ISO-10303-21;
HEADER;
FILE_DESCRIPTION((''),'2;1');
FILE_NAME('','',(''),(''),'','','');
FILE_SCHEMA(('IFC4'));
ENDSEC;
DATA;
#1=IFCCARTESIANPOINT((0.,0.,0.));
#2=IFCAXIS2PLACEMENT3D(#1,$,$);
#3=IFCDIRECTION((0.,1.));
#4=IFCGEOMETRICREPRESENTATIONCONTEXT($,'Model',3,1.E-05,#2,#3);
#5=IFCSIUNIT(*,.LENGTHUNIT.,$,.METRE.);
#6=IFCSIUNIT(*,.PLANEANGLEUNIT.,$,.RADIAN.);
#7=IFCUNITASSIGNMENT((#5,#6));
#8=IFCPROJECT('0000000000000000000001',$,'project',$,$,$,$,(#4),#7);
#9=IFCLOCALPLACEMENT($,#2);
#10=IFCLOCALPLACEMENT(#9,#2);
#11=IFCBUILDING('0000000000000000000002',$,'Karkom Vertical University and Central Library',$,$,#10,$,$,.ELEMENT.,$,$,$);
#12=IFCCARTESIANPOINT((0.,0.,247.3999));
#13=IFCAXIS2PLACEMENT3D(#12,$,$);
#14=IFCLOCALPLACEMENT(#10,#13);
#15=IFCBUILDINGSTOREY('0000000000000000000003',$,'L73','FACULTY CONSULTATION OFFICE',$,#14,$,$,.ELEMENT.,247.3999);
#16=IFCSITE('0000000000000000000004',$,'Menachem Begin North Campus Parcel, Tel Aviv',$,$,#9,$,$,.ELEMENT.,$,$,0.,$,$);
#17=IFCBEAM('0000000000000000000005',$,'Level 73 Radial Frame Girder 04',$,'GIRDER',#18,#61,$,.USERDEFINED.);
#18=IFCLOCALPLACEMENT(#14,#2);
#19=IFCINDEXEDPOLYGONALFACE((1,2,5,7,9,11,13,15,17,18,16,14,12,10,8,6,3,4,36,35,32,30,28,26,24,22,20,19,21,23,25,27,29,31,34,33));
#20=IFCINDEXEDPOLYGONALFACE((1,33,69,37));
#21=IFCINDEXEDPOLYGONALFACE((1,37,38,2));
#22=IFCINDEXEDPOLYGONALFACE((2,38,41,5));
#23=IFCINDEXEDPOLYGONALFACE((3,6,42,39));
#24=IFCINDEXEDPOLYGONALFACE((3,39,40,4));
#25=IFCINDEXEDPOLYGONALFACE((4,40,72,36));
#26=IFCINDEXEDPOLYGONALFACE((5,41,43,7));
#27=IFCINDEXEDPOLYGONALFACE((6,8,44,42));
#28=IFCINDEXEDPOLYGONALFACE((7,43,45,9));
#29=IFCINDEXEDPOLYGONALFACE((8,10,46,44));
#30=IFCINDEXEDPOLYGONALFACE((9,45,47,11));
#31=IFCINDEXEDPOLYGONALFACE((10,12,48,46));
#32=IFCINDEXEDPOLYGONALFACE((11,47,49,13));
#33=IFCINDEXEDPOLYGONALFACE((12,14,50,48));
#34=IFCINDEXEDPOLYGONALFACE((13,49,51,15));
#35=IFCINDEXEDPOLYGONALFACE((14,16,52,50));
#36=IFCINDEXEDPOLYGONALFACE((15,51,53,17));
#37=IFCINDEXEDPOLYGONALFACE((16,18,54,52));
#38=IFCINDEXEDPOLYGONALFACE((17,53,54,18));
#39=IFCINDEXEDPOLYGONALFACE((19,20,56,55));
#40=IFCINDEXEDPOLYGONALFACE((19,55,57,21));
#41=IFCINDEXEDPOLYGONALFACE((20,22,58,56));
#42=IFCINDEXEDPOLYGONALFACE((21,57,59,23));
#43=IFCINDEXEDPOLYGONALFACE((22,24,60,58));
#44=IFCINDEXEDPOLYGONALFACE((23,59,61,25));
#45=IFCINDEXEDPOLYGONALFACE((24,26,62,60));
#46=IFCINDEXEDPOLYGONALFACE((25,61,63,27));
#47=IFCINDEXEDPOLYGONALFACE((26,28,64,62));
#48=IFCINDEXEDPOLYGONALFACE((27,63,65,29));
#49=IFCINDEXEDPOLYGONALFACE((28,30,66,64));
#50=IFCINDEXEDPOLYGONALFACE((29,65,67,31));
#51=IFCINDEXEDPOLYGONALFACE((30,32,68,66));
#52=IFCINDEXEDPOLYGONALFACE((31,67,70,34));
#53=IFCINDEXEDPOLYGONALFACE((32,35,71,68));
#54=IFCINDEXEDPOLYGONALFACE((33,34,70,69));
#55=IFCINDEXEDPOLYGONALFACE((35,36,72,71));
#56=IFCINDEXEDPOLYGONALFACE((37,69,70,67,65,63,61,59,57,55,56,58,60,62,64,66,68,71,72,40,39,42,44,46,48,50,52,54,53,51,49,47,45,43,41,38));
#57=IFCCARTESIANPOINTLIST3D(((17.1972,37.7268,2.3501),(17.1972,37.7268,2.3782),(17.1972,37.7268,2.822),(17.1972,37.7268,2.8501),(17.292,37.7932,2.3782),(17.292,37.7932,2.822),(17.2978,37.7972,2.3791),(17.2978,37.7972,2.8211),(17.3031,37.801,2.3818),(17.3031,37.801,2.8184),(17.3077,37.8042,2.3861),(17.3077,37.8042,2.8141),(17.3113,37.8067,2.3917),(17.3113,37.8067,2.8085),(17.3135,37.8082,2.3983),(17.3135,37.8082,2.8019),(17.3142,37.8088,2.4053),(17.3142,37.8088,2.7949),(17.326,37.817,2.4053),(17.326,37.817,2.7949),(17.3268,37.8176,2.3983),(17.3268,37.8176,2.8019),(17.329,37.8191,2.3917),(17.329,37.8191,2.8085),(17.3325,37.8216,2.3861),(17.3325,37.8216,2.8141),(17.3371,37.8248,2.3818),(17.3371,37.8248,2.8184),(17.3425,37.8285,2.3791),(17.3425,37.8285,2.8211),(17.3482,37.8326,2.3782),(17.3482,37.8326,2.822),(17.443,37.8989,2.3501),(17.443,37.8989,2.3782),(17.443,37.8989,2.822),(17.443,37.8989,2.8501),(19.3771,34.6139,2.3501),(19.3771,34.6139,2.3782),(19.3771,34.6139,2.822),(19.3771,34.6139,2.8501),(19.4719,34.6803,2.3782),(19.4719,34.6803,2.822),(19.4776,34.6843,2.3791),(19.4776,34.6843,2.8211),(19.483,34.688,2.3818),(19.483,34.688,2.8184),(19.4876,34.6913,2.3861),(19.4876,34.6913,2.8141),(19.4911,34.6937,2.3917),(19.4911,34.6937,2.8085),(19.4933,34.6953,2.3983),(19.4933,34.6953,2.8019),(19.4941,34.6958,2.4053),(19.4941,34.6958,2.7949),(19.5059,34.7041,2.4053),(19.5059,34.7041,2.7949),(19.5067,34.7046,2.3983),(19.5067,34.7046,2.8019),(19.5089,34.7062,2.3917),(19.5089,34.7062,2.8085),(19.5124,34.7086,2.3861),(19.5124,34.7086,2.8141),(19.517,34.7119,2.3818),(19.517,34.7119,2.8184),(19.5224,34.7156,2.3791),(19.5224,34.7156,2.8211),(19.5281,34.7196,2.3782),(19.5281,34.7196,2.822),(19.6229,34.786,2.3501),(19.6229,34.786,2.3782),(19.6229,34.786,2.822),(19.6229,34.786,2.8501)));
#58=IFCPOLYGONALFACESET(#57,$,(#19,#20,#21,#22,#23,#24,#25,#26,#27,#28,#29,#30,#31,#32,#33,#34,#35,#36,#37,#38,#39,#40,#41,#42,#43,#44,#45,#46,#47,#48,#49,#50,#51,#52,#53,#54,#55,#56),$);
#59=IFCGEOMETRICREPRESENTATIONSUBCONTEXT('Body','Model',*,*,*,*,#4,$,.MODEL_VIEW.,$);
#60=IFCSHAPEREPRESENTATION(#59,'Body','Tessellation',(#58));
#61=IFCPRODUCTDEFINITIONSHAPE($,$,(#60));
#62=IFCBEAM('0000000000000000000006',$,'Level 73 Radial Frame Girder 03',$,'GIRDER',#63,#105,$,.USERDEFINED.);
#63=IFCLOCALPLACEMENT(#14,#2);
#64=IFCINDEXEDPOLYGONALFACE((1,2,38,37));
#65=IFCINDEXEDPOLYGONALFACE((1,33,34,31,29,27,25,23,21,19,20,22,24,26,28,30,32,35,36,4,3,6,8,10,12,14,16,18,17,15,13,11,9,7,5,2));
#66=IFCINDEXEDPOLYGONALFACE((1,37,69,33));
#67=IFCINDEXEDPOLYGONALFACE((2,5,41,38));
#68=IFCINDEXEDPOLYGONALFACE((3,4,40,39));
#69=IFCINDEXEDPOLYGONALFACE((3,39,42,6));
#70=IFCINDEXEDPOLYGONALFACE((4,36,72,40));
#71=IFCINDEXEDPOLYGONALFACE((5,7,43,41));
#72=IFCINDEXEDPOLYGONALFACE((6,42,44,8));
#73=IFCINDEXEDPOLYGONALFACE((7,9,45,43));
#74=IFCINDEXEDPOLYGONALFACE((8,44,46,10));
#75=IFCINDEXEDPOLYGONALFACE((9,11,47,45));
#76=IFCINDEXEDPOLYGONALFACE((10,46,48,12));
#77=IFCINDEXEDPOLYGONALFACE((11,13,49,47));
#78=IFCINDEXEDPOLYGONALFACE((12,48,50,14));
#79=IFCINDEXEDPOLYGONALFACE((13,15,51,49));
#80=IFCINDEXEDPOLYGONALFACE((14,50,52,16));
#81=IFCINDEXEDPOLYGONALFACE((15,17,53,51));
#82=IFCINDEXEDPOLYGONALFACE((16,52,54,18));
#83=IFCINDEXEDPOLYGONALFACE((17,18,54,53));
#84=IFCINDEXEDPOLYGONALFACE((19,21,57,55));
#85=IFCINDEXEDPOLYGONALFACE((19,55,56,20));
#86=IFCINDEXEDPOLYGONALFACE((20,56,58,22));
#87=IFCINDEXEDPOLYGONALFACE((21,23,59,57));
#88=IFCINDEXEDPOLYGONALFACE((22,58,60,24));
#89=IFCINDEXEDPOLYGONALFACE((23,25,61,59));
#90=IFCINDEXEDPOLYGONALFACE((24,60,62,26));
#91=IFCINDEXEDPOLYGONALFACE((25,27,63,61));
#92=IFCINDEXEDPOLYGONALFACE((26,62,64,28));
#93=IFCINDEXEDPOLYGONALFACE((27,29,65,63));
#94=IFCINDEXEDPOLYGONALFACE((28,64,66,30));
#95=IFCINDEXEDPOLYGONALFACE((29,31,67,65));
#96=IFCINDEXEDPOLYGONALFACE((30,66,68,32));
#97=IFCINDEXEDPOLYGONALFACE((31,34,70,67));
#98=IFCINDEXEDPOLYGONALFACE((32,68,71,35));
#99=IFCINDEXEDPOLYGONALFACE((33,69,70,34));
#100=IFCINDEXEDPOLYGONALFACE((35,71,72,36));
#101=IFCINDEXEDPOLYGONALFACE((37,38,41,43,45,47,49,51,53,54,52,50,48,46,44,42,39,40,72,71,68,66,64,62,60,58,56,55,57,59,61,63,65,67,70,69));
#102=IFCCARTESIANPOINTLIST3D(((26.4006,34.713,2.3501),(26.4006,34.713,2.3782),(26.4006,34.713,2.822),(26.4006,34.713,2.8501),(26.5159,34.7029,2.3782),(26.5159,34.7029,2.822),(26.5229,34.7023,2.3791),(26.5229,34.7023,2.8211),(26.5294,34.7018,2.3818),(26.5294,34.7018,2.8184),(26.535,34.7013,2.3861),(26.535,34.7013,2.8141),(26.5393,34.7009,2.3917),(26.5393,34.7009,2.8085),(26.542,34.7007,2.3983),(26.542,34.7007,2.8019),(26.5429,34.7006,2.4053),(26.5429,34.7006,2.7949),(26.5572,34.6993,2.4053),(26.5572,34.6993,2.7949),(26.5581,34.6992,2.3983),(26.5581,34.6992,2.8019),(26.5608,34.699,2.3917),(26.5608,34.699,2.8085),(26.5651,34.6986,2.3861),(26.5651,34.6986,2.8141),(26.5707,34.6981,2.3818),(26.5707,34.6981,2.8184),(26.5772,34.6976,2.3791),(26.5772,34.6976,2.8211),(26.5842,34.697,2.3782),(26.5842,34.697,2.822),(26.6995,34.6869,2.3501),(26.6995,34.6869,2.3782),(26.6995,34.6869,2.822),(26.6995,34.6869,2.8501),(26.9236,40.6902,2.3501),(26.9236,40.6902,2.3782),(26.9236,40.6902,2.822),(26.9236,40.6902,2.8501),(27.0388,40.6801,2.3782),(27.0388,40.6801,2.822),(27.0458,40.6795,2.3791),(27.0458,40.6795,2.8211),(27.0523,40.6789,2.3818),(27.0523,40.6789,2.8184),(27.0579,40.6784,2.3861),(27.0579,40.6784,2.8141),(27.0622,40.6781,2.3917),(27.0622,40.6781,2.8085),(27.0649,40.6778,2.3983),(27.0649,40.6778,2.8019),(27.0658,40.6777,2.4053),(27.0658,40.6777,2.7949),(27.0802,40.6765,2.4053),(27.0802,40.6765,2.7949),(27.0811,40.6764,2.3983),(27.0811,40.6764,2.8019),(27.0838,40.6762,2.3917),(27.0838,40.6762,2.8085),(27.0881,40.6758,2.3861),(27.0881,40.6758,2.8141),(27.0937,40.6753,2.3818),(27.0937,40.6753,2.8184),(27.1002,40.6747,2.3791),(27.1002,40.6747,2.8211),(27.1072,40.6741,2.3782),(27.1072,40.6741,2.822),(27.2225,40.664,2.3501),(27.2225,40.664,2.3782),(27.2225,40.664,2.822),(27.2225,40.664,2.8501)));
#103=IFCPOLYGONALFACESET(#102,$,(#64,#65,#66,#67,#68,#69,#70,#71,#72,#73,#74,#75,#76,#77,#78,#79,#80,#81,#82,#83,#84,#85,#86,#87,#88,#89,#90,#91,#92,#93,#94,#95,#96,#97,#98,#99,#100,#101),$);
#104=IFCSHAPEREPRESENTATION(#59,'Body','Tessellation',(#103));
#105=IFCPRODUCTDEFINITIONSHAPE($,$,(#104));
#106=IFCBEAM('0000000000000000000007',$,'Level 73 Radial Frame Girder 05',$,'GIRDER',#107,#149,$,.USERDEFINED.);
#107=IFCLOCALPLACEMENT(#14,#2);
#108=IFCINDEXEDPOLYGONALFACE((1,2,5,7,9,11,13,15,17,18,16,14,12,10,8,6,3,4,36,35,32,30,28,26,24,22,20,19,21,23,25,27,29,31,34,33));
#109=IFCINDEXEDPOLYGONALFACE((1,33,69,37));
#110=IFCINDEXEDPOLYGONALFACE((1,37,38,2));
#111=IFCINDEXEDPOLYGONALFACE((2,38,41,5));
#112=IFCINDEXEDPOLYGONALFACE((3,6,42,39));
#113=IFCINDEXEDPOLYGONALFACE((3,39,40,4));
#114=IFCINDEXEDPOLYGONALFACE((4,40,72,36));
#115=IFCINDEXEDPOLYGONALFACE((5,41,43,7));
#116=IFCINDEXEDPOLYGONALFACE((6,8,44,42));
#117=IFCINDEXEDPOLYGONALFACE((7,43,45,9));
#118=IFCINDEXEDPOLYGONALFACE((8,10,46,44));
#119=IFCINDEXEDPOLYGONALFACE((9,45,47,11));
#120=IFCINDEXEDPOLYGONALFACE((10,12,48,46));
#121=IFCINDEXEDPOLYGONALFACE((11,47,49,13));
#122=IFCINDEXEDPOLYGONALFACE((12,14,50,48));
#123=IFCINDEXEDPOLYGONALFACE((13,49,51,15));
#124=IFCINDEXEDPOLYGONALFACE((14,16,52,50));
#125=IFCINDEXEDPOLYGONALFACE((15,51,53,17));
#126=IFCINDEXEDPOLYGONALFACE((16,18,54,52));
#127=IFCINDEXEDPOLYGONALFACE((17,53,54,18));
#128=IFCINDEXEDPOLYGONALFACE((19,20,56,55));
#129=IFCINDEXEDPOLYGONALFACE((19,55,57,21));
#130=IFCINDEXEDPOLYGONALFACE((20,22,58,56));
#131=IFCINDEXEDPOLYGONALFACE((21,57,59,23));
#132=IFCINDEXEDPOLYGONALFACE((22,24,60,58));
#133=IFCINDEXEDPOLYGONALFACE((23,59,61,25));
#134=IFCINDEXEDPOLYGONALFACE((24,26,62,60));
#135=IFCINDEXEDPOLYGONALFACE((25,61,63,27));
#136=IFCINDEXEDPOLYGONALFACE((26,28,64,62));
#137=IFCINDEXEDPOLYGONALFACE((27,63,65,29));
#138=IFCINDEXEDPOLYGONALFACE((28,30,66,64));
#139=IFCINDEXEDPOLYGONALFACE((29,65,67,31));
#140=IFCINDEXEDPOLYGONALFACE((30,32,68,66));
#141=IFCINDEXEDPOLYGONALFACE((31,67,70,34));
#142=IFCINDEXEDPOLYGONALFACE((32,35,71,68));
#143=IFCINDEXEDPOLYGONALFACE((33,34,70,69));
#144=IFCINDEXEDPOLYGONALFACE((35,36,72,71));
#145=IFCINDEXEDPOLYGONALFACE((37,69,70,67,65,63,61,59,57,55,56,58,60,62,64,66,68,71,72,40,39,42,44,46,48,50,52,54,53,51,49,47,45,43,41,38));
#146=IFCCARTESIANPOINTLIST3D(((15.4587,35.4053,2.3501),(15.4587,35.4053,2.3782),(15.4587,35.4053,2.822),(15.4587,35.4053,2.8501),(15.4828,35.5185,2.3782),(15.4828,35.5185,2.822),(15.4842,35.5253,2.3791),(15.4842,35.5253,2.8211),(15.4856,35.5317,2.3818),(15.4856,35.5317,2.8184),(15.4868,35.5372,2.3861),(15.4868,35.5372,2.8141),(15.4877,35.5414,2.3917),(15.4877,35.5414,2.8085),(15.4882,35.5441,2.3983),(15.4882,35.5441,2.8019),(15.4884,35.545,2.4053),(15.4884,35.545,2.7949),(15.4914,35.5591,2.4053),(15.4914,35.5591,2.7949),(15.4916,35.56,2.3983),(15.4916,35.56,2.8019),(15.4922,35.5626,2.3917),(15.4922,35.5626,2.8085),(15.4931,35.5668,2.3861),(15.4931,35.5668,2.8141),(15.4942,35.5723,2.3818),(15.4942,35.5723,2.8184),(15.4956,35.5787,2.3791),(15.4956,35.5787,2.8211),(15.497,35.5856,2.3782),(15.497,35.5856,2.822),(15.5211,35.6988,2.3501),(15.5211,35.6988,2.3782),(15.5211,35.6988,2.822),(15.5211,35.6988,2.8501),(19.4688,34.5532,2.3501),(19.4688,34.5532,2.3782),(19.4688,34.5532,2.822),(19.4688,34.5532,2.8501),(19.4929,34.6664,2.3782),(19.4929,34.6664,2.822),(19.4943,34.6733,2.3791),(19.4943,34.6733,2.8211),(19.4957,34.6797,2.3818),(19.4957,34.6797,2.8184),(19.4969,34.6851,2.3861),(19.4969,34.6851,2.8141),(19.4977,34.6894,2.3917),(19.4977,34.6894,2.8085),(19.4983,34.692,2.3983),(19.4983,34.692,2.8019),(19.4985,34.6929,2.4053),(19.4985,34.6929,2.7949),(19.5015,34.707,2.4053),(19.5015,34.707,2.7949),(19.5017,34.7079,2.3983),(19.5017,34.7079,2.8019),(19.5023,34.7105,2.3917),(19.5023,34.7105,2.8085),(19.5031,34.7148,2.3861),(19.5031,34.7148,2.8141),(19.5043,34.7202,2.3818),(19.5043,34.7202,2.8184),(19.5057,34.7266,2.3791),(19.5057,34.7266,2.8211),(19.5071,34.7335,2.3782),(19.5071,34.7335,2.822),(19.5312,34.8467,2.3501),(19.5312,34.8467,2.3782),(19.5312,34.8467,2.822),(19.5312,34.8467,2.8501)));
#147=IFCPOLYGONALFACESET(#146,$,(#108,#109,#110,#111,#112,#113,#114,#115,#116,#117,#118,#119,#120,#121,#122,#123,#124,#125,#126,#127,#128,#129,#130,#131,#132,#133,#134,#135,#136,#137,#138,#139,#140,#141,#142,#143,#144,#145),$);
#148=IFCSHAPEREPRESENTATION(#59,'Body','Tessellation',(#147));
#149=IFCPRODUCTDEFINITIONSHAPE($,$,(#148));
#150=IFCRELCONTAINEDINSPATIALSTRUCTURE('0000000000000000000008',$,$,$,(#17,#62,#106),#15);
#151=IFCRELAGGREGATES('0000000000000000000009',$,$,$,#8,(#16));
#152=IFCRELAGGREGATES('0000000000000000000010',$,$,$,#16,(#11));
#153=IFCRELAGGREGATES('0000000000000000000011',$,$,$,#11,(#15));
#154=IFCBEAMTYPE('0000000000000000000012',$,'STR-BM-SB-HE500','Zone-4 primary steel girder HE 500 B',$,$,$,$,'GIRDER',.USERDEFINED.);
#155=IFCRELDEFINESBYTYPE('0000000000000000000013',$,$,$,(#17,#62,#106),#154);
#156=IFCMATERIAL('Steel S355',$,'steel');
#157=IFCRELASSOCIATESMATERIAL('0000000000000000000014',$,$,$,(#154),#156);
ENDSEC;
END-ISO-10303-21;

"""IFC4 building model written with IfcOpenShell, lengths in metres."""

from ifc_helpers import new_model, si_unit, direction, frame, origin, origin_with_axes, origin_2d, place, context, subcontext, project, spatial, i_section, extrude, source, transform, mapped, material, material_profile, profile_set, type_object, element, save


model = new_model("IFC4")

# Units and contexts
model_context = context("Model", 3, precision=1e-05, world=origin(), true_north=direction((0.0, 1.0)))
body_context = subcontext(model_context, "Body", "Model", "MODEL_VIEW")
ifc_project = project(units=[si_unit("LENGTHUNIT", "METRE"), si_unit("PLANEANGLEUNIT", "RADIAN")], contexts=[model_context])

# Site, building, storey
site_placement = place(None, origin())
site = spatial("IfcSite", under=ifc_project, at=site_placement, Name="Menachem Begin North Campus Parcel, Tel Aviv", CompositionType="ELEMENT", RefElevation=0.0)
building_placement = place(site_placement, origin())
building = spatial("IfcBuilding", under=site, at=building_placement, Name="Karkom Vertical University and Central Library", CompositionType="ELEMENT")
storey_placement = place(building_placement, frame((0.0, 0.0, 247.3999)))
storey = spatial("IfcBuildingStorey", under=building, at=storey_placement, Name="L73", Description="FACULTY CONSULTATION OFFICE", CompositionType="ELEMENT", Elevation=247.3999)

# Beams
ifc_material_1 = material(Name="Steel S355", Category="steel")
ifc_material_profile_1 = material_profile(ifc_material_1, i_section(OverallWidth=0.3, OverallDepth=0.5, WebThickness=0.0144, FlangeThickness=0.0281, FilletRadius=0.0271, at=origin_2d()), Name="HE 500 B")
ifc_profile_set_1 = profile_set([ifc_material_profile_1], Name="Steel S355")
beam_type_1 = type_object("IfcBeamType", Name="STR-BM-SB-HE500", Description="Zone-4 primary steel girder HE 500 B", ElementType="GIRDER", PredefinedType="USERDEFINED", material=ifc_profile_set_1)
shared_shape_1 = source(origin_with_axes(), body_context, "Body", "SweptSolid", [
    extrude(i_section(OverallWidth=0.3, OverallDepth=0.5, WebThickness=0.0144, FlangeThickness=0.0281, FilletRadius=0.0271, at=origin_2d()), origin(), (0.0, 0.0, 1.0), 3.8003),
])
beam_1_placement = place(storey_placement, frame((19.5, 34.7, 2.6001), z_axis=(-0.573605, 0.819132, 0.0), x_axis=(-0.819132, -0.573605, 0.0)))
element("IfcBeam", 1, at=beam_1_placement, inside=storey, type_object=beam_type_1, Name="Level 73 Radial Frame Girder 04", ObjectType="GIRDER", PredefinedType="USERDEFINED", context=body_context, shape_type="MappedRepresentation", body=[
    mapped(shared_shape_1, transform((0.0, 0.0, 0.0), scale=1.0)),
])
shared_shape_2 = source(origin_with_axes(), body_context, "Body", "SweptSolid", [
    extrude(i_section(OverallWidth=0.3, OverallDepth=0.5, WebThickness=0.0144, FlangeThickness=0.0281, FilletRadius=0.0271, at=origin_2d()), origin(), (0.0, 0.0, 1.0), 6.0),
])
beam_2_placement = place(storey_placement, frame((26.55, 34.7, 2.6001), z_axis=(0.08716, 0.996194, 0.0), x_axis=(-0.996194, 0.08716, 0.0)))
element("IfcBeam", 2, at=beam_2_placement, inside=storey, type_object=beam_type_1, Name="Level 73 Radial Frame Girder 03", ObjectType="GIRDER", PredefinedType="USERDEFINED", context=body_context, shape_type="MappedRepresentation", body=[
    mapped(shared_shape_2, transform((0.0, 0.0, 0.0), scale=1.0)),
])
shared_shape_3 = source(origin_with_axes(), body_context, "Body", "SweptSolid", [
    extrude(i_section(OverallWidth=0.3, OverallDepth=0.5, WebThickness=0.0144, FlangeThickness=0.0281, FilletRadius=0.0271, at=origin_2d()), origin(), (0.0, 0.0, 1.0), 4.0996),
])
beam_3_placement = place(storey_placement, frame((19.5, 34.7, 2.6001), z_axis=(-0.978163, 0.207841, 0.0), x_axis=(-0.207841, -0.978163, 0.0)))
element("IfcBeam", 3, at=beam_3_placement, inside=storey, type_object=beam_type_1, Name="Level 73 Radial Frame Girder 05", ObjectType="GIRDER", PredefinedType="USERDEFINED", context=body_context, shape_type="MappedRepresentation", body=[
    mapped(shared_shape_3, transform((0.0, 0.0, 0.0), scale=1.0)),
])

save(model, "model.ifc")
